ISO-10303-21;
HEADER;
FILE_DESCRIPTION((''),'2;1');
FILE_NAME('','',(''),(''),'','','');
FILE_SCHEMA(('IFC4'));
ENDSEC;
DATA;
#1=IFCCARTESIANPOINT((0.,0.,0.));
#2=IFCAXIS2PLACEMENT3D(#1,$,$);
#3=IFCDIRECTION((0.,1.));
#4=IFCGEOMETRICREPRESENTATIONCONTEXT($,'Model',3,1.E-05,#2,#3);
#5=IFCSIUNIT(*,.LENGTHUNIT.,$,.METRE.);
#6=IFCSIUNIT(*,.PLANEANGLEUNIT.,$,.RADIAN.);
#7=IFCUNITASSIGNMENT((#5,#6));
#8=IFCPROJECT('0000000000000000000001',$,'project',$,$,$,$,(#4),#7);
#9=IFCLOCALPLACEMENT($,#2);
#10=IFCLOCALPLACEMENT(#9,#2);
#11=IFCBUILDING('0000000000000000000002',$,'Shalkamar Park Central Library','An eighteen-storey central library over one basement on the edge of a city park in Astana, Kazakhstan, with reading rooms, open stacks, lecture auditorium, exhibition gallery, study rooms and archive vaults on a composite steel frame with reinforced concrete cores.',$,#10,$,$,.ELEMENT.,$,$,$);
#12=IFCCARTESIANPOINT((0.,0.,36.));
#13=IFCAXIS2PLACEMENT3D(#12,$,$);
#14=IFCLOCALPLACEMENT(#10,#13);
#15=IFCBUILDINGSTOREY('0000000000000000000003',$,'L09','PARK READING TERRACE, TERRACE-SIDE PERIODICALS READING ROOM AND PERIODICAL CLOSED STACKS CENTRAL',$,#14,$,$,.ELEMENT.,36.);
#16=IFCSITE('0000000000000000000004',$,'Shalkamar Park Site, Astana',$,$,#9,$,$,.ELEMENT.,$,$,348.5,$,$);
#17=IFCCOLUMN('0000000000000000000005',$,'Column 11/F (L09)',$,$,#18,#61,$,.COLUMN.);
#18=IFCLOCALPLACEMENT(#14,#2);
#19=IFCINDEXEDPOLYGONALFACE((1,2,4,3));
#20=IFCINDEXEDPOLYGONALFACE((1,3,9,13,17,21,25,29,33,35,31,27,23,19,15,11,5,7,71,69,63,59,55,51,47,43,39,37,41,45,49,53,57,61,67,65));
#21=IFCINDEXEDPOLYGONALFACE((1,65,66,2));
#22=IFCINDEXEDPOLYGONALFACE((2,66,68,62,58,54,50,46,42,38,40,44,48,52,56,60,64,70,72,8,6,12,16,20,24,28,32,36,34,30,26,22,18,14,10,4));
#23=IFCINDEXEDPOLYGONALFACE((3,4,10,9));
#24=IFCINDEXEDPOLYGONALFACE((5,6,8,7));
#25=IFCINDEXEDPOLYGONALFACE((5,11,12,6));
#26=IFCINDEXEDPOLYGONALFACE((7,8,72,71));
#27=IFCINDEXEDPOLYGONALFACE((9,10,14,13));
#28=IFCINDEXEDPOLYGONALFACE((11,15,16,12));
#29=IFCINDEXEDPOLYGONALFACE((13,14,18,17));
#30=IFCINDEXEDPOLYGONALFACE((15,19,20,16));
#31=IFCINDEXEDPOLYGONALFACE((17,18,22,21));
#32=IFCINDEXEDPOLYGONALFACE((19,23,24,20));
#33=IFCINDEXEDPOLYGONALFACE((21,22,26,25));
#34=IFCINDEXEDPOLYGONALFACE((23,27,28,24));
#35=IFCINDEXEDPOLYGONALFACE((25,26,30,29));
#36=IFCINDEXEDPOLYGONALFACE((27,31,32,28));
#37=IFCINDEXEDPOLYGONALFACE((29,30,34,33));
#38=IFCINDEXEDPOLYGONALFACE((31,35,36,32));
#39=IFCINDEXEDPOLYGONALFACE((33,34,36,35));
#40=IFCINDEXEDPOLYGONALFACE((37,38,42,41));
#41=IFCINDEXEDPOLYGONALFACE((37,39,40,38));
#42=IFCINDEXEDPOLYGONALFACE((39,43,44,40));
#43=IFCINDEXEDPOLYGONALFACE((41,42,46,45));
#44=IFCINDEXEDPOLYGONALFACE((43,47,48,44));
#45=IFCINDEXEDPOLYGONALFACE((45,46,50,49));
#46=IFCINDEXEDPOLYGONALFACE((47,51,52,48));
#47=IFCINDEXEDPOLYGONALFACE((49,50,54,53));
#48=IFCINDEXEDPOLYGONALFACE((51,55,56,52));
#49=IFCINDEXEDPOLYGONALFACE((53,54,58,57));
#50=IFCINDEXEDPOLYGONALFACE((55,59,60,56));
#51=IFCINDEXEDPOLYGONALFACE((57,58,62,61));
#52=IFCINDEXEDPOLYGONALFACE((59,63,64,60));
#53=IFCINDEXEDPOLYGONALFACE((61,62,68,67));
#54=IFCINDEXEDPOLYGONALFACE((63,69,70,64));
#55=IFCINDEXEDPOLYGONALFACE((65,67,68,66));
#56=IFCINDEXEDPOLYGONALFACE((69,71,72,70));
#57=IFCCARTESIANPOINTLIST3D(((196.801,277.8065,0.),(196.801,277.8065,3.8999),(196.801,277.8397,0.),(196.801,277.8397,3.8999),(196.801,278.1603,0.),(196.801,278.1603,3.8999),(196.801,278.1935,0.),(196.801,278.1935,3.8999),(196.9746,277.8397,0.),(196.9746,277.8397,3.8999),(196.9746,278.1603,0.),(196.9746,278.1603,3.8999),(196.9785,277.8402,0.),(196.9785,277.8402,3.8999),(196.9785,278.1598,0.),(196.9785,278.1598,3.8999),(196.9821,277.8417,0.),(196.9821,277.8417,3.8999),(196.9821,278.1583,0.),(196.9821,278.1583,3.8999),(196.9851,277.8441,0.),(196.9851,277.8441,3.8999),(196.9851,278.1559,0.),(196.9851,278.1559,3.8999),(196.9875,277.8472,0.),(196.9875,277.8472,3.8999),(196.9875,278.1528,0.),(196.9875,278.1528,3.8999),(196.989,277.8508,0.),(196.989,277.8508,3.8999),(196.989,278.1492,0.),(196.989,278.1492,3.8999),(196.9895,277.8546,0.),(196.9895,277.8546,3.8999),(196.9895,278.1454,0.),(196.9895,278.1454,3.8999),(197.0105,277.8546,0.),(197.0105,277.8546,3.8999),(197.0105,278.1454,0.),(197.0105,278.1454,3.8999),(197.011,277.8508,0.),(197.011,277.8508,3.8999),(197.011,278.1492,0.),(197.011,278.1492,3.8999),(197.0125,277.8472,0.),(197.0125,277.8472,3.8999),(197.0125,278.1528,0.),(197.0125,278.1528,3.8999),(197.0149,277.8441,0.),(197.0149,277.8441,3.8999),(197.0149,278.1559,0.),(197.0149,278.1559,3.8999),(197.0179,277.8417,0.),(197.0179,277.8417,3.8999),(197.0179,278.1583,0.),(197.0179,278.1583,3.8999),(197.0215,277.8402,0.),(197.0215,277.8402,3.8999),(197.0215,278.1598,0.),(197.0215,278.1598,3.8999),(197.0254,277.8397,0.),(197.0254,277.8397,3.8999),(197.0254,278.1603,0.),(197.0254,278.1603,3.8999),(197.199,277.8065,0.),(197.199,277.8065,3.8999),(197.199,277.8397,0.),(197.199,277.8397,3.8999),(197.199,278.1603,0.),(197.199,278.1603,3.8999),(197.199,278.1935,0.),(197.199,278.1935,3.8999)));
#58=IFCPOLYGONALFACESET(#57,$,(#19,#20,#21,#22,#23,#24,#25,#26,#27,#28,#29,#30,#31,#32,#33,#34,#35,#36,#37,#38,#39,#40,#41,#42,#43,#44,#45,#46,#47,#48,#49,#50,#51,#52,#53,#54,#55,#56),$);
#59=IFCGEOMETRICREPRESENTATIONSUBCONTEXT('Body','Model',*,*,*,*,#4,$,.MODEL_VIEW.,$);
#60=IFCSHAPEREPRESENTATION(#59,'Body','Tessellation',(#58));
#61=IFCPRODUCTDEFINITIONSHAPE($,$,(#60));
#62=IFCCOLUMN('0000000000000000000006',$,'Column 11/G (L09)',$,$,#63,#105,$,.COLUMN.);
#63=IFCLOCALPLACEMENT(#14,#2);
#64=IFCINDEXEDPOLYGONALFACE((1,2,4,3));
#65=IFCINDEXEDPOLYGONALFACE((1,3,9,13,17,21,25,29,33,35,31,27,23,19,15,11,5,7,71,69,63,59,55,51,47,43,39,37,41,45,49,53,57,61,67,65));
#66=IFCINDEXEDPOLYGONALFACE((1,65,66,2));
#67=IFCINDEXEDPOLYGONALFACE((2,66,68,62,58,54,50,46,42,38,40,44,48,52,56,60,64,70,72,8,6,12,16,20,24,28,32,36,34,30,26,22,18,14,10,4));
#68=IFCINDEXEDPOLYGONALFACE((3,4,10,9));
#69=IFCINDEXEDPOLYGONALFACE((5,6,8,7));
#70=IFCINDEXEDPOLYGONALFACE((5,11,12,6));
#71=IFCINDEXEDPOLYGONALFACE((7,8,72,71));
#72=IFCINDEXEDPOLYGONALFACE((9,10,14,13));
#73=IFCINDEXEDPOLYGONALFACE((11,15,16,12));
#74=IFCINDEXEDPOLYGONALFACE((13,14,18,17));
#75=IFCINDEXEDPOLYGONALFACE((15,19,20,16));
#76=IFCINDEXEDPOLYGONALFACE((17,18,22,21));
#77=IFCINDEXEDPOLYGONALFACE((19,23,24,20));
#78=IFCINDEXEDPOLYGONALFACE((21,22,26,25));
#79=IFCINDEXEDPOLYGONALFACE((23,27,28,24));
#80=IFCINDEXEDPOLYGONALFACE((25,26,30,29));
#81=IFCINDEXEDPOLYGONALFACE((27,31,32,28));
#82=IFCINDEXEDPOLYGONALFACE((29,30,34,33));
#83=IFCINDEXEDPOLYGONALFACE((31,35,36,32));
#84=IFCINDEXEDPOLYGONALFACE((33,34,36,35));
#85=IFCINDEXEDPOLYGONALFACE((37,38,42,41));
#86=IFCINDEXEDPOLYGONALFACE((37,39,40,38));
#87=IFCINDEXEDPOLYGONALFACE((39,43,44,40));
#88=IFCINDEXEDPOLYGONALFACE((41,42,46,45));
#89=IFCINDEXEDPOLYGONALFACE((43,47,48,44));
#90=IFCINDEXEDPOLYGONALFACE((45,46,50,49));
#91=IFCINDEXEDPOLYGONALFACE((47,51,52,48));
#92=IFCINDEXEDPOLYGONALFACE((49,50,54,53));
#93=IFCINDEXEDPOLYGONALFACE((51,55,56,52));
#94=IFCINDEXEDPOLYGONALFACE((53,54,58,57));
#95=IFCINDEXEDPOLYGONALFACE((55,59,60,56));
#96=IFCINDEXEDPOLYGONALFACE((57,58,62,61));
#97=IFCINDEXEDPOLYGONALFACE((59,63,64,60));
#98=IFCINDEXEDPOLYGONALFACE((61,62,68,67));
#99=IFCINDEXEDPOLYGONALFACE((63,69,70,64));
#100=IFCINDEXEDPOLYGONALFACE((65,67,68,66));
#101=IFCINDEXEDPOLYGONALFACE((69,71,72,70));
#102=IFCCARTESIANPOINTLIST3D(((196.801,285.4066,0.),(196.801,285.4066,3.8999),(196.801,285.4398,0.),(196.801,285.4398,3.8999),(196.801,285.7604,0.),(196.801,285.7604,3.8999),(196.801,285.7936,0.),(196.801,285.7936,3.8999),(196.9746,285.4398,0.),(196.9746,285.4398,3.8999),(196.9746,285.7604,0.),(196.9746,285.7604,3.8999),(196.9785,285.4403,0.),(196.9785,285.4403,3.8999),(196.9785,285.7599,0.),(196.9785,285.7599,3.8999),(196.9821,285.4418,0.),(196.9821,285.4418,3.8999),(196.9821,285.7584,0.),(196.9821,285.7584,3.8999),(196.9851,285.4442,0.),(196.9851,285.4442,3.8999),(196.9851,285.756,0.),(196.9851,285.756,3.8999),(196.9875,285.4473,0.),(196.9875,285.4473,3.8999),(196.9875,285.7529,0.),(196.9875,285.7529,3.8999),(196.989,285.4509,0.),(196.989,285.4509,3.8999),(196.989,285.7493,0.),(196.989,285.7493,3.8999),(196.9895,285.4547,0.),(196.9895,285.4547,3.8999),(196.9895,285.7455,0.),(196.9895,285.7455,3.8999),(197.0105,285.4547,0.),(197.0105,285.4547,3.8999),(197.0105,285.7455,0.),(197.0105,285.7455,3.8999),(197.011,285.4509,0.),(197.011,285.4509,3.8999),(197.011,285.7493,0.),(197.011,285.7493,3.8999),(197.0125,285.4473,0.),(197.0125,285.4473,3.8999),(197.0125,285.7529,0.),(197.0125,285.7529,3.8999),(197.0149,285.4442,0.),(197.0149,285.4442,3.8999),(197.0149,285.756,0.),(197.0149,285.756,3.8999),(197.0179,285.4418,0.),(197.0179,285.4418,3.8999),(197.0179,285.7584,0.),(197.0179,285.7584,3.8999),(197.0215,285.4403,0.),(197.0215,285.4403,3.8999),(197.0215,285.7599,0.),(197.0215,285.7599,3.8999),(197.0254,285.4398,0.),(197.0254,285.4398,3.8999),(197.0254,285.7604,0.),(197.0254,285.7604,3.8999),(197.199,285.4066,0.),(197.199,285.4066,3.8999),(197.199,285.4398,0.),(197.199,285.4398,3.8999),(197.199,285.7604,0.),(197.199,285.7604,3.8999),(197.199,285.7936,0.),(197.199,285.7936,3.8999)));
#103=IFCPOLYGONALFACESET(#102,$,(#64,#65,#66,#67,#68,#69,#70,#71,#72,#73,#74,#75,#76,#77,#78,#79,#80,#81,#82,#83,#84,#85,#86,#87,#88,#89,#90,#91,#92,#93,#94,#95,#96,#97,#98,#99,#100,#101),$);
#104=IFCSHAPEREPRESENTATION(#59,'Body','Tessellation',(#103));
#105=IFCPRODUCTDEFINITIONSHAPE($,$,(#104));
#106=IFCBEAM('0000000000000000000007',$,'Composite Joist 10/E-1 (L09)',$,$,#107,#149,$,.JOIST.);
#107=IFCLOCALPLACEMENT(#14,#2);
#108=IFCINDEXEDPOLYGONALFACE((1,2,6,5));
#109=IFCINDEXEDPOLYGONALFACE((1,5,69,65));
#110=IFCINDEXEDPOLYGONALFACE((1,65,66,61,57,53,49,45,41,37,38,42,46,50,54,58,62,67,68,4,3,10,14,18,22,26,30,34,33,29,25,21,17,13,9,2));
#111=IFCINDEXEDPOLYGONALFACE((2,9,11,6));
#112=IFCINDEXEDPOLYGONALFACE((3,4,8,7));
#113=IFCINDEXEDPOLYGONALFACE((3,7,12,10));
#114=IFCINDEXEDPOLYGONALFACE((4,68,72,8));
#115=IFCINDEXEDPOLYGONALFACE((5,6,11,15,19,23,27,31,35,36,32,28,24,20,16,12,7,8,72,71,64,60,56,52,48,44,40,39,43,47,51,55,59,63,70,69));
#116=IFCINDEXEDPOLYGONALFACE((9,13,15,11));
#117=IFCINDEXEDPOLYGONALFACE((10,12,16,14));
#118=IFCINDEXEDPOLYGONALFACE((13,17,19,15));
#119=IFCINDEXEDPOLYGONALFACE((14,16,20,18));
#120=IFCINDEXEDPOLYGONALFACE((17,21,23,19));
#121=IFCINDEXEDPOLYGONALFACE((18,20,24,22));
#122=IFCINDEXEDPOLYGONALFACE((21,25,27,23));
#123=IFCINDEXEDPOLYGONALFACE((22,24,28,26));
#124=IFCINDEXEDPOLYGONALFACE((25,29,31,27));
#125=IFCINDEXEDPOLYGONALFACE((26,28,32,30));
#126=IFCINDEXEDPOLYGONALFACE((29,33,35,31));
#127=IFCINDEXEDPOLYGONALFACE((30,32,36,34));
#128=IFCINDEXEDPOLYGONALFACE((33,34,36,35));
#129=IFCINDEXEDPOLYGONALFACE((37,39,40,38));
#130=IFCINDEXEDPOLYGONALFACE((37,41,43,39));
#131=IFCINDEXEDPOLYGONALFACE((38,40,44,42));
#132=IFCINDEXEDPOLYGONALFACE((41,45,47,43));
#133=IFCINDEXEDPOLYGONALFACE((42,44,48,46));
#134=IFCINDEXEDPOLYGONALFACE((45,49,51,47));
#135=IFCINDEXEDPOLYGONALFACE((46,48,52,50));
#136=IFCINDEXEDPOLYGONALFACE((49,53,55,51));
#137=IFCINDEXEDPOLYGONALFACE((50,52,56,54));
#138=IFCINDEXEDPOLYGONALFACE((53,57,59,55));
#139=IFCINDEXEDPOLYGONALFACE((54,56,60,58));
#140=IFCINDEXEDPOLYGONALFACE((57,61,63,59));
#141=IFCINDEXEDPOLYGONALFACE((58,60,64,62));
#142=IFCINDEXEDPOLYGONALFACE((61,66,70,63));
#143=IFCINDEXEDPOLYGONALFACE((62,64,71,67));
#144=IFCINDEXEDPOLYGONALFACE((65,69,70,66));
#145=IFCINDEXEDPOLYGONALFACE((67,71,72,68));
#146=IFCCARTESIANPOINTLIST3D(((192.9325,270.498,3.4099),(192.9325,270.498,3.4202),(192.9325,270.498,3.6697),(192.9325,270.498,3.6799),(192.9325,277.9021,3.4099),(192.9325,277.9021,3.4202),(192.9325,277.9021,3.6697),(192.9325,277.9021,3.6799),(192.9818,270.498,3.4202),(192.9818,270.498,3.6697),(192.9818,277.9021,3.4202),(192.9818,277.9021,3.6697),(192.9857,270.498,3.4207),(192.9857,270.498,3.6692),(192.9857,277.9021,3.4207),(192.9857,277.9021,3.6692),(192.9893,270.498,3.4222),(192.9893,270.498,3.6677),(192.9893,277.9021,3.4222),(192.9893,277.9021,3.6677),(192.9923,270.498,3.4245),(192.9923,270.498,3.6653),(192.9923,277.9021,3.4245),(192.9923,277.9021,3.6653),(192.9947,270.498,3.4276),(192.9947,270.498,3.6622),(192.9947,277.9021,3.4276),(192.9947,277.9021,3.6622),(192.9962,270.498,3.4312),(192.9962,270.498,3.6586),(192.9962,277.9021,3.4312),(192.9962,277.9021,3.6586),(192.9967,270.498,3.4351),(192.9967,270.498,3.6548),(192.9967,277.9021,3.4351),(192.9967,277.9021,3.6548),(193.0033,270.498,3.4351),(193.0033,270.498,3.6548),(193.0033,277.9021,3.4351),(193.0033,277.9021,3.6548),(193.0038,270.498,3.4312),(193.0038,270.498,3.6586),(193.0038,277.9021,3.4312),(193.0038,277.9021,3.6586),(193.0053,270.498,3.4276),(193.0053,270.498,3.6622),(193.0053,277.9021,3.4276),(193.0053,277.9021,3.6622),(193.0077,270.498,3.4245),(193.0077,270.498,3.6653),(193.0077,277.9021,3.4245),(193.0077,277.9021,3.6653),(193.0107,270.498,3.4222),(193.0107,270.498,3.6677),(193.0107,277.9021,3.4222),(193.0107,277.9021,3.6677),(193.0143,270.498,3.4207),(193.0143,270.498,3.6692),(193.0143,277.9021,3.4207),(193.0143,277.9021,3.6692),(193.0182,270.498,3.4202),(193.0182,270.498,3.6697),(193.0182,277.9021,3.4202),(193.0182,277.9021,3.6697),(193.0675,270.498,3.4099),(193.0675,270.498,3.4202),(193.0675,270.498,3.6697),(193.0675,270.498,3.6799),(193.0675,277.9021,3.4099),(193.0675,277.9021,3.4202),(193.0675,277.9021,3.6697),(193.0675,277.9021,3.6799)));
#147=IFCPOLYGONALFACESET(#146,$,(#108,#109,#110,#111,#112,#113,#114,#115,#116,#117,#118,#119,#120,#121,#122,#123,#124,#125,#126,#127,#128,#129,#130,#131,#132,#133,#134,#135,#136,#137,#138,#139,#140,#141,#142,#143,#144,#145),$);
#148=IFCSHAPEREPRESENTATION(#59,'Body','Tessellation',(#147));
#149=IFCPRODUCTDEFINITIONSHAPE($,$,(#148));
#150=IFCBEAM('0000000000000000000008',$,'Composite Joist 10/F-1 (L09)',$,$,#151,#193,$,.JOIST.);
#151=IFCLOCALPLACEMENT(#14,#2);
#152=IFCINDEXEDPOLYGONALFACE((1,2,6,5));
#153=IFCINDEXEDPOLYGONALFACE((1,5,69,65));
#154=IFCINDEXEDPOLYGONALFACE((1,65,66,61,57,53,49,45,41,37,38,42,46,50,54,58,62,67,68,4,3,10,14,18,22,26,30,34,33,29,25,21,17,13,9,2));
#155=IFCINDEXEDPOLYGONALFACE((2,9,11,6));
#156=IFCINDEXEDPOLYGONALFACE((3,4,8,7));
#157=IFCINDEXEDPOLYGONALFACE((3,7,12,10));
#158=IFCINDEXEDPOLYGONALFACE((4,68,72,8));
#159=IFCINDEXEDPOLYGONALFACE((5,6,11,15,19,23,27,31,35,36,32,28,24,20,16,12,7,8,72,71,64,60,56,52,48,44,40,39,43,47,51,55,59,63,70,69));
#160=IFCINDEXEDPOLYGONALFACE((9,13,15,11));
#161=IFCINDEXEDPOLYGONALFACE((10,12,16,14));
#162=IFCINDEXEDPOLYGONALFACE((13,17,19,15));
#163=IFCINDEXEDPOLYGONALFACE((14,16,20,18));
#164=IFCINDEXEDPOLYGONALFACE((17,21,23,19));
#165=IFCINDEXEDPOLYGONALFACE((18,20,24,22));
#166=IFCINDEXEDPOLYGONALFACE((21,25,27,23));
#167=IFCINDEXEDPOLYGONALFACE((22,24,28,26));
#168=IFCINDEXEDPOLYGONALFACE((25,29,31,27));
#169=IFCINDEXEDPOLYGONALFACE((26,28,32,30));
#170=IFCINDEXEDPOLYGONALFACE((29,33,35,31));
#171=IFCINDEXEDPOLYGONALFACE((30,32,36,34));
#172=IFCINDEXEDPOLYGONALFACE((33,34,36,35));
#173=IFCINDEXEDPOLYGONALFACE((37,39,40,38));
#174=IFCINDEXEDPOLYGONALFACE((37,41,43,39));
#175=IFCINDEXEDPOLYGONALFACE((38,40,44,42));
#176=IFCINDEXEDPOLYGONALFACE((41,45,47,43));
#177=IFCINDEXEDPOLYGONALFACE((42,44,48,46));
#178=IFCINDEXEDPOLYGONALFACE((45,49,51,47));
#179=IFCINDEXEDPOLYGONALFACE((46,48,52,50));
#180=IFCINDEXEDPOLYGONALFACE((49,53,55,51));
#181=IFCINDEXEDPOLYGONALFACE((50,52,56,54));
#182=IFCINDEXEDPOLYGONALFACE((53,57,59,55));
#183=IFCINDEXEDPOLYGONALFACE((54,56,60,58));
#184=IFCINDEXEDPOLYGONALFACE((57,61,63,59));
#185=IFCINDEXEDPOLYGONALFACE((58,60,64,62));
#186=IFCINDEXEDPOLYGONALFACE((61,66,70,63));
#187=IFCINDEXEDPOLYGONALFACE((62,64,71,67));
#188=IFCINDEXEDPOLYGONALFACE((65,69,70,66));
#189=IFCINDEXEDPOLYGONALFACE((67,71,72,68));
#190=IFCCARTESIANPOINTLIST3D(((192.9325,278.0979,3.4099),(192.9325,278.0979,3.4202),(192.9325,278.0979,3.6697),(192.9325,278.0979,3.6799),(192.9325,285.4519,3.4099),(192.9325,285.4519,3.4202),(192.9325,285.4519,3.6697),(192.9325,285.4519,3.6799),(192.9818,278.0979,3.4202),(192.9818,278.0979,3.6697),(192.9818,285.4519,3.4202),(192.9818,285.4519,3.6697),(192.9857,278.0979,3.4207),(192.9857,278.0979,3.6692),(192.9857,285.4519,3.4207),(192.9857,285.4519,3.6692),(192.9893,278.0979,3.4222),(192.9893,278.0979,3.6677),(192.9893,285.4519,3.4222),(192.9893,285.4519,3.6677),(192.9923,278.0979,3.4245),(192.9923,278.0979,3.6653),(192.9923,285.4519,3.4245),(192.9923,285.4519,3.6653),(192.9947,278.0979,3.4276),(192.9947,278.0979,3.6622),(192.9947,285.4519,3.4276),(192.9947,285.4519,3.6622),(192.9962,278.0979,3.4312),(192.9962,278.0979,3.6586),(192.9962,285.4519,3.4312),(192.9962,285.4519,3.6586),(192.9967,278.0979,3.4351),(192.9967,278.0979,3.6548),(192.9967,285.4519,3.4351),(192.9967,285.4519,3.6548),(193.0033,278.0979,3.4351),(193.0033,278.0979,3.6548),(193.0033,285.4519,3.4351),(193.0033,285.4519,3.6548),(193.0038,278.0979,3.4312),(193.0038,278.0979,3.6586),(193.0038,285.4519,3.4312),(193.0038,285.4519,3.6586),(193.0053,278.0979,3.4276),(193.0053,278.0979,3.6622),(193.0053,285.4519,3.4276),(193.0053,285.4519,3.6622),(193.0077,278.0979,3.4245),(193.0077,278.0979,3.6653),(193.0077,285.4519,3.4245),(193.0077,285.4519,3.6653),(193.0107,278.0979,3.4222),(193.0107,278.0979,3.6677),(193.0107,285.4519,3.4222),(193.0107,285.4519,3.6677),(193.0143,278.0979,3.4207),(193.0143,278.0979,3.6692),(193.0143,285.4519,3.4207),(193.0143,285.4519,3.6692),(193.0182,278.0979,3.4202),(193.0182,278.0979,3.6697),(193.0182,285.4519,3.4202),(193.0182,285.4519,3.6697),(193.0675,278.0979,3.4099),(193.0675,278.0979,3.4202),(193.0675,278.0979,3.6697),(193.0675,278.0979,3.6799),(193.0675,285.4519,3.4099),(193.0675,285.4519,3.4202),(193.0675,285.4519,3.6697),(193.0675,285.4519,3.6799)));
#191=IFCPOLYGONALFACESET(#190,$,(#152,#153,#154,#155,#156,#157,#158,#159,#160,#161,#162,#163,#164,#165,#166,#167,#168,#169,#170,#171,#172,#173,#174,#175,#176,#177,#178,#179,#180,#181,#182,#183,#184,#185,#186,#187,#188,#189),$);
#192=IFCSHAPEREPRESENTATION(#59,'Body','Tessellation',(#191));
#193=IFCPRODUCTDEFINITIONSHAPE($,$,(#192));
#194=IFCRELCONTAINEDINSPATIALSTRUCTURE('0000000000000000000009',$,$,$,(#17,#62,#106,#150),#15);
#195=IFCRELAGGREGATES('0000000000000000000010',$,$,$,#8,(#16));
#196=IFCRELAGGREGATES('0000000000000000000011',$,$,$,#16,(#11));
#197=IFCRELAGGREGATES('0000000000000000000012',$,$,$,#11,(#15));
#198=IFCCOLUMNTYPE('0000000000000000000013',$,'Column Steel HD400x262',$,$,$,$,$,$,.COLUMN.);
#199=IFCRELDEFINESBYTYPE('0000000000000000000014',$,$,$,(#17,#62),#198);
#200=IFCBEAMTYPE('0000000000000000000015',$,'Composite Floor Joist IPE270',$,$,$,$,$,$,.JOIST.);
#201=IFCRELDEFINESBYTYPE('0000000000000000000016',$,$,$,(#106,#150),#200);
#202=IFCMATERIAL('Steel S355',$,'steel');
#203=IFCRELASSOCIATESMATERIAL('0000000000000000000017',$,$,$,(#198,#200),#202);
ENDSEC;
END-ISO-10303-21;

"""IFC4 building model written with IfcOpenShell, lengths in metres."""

from ifc_helpers import new_model, si_unit, direction, frame, origin, origin_2d, place, context, subcontext, project, spatial, i_section, extrude, material, material_profile, profile_set, type_object, element, save


model = new_model("IFC4")

# Units and contexts
model_context = context("Model", 3, precision=1e-05, world=origin(), true_north=direction((0.0, 1.0)))
body_context = subcontext(model_context, "Body", "Model", "MODEL_VIEW")
ifc_project = project(units=[si_unit("LENGTHUNIT", "METRE"), si_unit("PLANEANGLEUNIT", "RADIAN")], contexts=[model_context])

# Site, building, storey
site_placement = place(None, origin())
site = spatial("IfcSite", under=ifc_project, at=site_placement, Name="Shalkamar Park Site, Astana", CompositionType="ELEMENT", RefElevation=348.5)
building_placement = place(site_placement, origin())
building = spatial("IfcBuilding", under=site, at=building_placement, Name="Shalkamar Park Central Library", Description="An eighteen-storey central library over one basement on the edge of a city park in Astana, Kazakhstan, with reading rooms, open stacks, lecture auditorium, exhibition gallery, study rooms and archive vaults on a composite steel frame with reinforced concrete cores.", CompositionType="ELEMENT")
storey_placement = place(building_placement, frame((0.0, 0.0, 36.0)))
storey = spatial("IfcBuildingStorey", under=building, at=storey_placement, Name="L09", Description="PARK READING TERRACE, TERRACE-SIDE PERIODICALS READING ROOM AND PERIODICAL CLOSED STACKS CENTRAL", CompositionType="ELEMENT", Elevation=36.0)

# Columns
ifc_material_1 = material(Name="Steel S355", Category="steel")
ifc_material_profile_1 = material_profile(ifc_material_1, i_section(OverallWidth=0.3979, OverallDepth=0.387, WebThickness=0.021, FlangeThickness=0.0332, FilletRadius=0.0149, at=origin_2d()), Name="HD 400x262")
ifc_profile_set_1 = profile_set([ifc_material_profile_1], Name="Steel S355")
column_type = type_object("IfcColumnType", Name="Column Steel HD400x262", PredefinedType="COLUMN", material=ifc_profile_set_1)
for number, where, z_axis, x_axis, name in (
    (1, (197.0, 278.0, 0.0), (0.0, 0.0, 1.0), (1.0, 0.0, 0.0), "Column 11/F (L09)"),
    (2, (197.0, 285.6001, 0.0), (0.0, 0.0, 1.0), (1.0, 0.0, 0.0), "Column 11/G (L09)"),
):
    element("IfcColumn", number, at=place(storey_placement, frame(where, z_axis=z_axis, x_axis=x_axis)), inside=storey, type_object=column_type, Name=name, PredefinedType="COLUMN", context=body_context, shape_type="SweptSolid", body=[
        extrude(i_section(OverallWidth=0.3979, OverallDepth=0.387, WebThickness=0.021, FlangeThickness=0.0332, FilletRadius=0.0149, at=origin_2d()), origin(), (0.0, 0.0, 1.0), 3.8999),
    ])

# Beams
ifc_material_profile_2 = material_profile(ifc_material_1, i_section(OverallWidth=0.135, OverallDepth=0.27, WebThickness=0.0066, FlangeThickness=0.0103, FilletRadius=0.0149, at=origin_2d()), Name="IPE 270")
ifc_profile_set_2 = profile_set([ifc_material_profile_2], Name="Steel S355")
beam_type_1 = type_object("IfcBeamType", Name="Composite Floor Joist IPE270", PredefinedType="JOIST", material=ifc_profile_set_2)
beam_1_placement = place(storey_placement, frame((193.0, 270.498, 3.5449), z_axis=(0.0, 1.0, 0.0), x_axis=(-1.0, 0.0, 0.0)))
element("IfcBeam", 3, at=beam_1_placement, inside=storey, type_object=beam_type_1, Name="Composite Joist 10/E-1 (L09)", PredefinedType="JOIST", context=body_context, shape_type="SweptSolid", body=[
    extrude(i_section(OverallWidth=0.135, OverallDepth=0.27, WebThickness=0.0066, FlangeThickness=0.0103, FilletRadius=0.0149, at=origin_2d()), origin(), (0.0, 0.0, 1.0), 7.4041),
])
beam_2_placement = place(storey_placement, frame((193.0, 278.0979, 3.5449), z_axis=(0.0, 1.0, 0.0), x_axis=(-1.0, 0.0, 0.0)))
element("IfcBeam", 4, at=beam_2_placement, inside=storey, type_object=beam_type_1, Name="Composite Joist 10/F-1 (L09)", PredefinedType="JOIST", context=body_context, shape_type="SweptSolid", body=[
    extrude(i_section(OverallWidth=0.135, OverallDepth=0.27, WebThickness=0.0066, FlangeThickness=0.0103, FilletRadius=0.0149, at=origin_2d()), origin(), (0.0, 0.0, 1.0), 7.354),
])

save(model, "model.ifc")
